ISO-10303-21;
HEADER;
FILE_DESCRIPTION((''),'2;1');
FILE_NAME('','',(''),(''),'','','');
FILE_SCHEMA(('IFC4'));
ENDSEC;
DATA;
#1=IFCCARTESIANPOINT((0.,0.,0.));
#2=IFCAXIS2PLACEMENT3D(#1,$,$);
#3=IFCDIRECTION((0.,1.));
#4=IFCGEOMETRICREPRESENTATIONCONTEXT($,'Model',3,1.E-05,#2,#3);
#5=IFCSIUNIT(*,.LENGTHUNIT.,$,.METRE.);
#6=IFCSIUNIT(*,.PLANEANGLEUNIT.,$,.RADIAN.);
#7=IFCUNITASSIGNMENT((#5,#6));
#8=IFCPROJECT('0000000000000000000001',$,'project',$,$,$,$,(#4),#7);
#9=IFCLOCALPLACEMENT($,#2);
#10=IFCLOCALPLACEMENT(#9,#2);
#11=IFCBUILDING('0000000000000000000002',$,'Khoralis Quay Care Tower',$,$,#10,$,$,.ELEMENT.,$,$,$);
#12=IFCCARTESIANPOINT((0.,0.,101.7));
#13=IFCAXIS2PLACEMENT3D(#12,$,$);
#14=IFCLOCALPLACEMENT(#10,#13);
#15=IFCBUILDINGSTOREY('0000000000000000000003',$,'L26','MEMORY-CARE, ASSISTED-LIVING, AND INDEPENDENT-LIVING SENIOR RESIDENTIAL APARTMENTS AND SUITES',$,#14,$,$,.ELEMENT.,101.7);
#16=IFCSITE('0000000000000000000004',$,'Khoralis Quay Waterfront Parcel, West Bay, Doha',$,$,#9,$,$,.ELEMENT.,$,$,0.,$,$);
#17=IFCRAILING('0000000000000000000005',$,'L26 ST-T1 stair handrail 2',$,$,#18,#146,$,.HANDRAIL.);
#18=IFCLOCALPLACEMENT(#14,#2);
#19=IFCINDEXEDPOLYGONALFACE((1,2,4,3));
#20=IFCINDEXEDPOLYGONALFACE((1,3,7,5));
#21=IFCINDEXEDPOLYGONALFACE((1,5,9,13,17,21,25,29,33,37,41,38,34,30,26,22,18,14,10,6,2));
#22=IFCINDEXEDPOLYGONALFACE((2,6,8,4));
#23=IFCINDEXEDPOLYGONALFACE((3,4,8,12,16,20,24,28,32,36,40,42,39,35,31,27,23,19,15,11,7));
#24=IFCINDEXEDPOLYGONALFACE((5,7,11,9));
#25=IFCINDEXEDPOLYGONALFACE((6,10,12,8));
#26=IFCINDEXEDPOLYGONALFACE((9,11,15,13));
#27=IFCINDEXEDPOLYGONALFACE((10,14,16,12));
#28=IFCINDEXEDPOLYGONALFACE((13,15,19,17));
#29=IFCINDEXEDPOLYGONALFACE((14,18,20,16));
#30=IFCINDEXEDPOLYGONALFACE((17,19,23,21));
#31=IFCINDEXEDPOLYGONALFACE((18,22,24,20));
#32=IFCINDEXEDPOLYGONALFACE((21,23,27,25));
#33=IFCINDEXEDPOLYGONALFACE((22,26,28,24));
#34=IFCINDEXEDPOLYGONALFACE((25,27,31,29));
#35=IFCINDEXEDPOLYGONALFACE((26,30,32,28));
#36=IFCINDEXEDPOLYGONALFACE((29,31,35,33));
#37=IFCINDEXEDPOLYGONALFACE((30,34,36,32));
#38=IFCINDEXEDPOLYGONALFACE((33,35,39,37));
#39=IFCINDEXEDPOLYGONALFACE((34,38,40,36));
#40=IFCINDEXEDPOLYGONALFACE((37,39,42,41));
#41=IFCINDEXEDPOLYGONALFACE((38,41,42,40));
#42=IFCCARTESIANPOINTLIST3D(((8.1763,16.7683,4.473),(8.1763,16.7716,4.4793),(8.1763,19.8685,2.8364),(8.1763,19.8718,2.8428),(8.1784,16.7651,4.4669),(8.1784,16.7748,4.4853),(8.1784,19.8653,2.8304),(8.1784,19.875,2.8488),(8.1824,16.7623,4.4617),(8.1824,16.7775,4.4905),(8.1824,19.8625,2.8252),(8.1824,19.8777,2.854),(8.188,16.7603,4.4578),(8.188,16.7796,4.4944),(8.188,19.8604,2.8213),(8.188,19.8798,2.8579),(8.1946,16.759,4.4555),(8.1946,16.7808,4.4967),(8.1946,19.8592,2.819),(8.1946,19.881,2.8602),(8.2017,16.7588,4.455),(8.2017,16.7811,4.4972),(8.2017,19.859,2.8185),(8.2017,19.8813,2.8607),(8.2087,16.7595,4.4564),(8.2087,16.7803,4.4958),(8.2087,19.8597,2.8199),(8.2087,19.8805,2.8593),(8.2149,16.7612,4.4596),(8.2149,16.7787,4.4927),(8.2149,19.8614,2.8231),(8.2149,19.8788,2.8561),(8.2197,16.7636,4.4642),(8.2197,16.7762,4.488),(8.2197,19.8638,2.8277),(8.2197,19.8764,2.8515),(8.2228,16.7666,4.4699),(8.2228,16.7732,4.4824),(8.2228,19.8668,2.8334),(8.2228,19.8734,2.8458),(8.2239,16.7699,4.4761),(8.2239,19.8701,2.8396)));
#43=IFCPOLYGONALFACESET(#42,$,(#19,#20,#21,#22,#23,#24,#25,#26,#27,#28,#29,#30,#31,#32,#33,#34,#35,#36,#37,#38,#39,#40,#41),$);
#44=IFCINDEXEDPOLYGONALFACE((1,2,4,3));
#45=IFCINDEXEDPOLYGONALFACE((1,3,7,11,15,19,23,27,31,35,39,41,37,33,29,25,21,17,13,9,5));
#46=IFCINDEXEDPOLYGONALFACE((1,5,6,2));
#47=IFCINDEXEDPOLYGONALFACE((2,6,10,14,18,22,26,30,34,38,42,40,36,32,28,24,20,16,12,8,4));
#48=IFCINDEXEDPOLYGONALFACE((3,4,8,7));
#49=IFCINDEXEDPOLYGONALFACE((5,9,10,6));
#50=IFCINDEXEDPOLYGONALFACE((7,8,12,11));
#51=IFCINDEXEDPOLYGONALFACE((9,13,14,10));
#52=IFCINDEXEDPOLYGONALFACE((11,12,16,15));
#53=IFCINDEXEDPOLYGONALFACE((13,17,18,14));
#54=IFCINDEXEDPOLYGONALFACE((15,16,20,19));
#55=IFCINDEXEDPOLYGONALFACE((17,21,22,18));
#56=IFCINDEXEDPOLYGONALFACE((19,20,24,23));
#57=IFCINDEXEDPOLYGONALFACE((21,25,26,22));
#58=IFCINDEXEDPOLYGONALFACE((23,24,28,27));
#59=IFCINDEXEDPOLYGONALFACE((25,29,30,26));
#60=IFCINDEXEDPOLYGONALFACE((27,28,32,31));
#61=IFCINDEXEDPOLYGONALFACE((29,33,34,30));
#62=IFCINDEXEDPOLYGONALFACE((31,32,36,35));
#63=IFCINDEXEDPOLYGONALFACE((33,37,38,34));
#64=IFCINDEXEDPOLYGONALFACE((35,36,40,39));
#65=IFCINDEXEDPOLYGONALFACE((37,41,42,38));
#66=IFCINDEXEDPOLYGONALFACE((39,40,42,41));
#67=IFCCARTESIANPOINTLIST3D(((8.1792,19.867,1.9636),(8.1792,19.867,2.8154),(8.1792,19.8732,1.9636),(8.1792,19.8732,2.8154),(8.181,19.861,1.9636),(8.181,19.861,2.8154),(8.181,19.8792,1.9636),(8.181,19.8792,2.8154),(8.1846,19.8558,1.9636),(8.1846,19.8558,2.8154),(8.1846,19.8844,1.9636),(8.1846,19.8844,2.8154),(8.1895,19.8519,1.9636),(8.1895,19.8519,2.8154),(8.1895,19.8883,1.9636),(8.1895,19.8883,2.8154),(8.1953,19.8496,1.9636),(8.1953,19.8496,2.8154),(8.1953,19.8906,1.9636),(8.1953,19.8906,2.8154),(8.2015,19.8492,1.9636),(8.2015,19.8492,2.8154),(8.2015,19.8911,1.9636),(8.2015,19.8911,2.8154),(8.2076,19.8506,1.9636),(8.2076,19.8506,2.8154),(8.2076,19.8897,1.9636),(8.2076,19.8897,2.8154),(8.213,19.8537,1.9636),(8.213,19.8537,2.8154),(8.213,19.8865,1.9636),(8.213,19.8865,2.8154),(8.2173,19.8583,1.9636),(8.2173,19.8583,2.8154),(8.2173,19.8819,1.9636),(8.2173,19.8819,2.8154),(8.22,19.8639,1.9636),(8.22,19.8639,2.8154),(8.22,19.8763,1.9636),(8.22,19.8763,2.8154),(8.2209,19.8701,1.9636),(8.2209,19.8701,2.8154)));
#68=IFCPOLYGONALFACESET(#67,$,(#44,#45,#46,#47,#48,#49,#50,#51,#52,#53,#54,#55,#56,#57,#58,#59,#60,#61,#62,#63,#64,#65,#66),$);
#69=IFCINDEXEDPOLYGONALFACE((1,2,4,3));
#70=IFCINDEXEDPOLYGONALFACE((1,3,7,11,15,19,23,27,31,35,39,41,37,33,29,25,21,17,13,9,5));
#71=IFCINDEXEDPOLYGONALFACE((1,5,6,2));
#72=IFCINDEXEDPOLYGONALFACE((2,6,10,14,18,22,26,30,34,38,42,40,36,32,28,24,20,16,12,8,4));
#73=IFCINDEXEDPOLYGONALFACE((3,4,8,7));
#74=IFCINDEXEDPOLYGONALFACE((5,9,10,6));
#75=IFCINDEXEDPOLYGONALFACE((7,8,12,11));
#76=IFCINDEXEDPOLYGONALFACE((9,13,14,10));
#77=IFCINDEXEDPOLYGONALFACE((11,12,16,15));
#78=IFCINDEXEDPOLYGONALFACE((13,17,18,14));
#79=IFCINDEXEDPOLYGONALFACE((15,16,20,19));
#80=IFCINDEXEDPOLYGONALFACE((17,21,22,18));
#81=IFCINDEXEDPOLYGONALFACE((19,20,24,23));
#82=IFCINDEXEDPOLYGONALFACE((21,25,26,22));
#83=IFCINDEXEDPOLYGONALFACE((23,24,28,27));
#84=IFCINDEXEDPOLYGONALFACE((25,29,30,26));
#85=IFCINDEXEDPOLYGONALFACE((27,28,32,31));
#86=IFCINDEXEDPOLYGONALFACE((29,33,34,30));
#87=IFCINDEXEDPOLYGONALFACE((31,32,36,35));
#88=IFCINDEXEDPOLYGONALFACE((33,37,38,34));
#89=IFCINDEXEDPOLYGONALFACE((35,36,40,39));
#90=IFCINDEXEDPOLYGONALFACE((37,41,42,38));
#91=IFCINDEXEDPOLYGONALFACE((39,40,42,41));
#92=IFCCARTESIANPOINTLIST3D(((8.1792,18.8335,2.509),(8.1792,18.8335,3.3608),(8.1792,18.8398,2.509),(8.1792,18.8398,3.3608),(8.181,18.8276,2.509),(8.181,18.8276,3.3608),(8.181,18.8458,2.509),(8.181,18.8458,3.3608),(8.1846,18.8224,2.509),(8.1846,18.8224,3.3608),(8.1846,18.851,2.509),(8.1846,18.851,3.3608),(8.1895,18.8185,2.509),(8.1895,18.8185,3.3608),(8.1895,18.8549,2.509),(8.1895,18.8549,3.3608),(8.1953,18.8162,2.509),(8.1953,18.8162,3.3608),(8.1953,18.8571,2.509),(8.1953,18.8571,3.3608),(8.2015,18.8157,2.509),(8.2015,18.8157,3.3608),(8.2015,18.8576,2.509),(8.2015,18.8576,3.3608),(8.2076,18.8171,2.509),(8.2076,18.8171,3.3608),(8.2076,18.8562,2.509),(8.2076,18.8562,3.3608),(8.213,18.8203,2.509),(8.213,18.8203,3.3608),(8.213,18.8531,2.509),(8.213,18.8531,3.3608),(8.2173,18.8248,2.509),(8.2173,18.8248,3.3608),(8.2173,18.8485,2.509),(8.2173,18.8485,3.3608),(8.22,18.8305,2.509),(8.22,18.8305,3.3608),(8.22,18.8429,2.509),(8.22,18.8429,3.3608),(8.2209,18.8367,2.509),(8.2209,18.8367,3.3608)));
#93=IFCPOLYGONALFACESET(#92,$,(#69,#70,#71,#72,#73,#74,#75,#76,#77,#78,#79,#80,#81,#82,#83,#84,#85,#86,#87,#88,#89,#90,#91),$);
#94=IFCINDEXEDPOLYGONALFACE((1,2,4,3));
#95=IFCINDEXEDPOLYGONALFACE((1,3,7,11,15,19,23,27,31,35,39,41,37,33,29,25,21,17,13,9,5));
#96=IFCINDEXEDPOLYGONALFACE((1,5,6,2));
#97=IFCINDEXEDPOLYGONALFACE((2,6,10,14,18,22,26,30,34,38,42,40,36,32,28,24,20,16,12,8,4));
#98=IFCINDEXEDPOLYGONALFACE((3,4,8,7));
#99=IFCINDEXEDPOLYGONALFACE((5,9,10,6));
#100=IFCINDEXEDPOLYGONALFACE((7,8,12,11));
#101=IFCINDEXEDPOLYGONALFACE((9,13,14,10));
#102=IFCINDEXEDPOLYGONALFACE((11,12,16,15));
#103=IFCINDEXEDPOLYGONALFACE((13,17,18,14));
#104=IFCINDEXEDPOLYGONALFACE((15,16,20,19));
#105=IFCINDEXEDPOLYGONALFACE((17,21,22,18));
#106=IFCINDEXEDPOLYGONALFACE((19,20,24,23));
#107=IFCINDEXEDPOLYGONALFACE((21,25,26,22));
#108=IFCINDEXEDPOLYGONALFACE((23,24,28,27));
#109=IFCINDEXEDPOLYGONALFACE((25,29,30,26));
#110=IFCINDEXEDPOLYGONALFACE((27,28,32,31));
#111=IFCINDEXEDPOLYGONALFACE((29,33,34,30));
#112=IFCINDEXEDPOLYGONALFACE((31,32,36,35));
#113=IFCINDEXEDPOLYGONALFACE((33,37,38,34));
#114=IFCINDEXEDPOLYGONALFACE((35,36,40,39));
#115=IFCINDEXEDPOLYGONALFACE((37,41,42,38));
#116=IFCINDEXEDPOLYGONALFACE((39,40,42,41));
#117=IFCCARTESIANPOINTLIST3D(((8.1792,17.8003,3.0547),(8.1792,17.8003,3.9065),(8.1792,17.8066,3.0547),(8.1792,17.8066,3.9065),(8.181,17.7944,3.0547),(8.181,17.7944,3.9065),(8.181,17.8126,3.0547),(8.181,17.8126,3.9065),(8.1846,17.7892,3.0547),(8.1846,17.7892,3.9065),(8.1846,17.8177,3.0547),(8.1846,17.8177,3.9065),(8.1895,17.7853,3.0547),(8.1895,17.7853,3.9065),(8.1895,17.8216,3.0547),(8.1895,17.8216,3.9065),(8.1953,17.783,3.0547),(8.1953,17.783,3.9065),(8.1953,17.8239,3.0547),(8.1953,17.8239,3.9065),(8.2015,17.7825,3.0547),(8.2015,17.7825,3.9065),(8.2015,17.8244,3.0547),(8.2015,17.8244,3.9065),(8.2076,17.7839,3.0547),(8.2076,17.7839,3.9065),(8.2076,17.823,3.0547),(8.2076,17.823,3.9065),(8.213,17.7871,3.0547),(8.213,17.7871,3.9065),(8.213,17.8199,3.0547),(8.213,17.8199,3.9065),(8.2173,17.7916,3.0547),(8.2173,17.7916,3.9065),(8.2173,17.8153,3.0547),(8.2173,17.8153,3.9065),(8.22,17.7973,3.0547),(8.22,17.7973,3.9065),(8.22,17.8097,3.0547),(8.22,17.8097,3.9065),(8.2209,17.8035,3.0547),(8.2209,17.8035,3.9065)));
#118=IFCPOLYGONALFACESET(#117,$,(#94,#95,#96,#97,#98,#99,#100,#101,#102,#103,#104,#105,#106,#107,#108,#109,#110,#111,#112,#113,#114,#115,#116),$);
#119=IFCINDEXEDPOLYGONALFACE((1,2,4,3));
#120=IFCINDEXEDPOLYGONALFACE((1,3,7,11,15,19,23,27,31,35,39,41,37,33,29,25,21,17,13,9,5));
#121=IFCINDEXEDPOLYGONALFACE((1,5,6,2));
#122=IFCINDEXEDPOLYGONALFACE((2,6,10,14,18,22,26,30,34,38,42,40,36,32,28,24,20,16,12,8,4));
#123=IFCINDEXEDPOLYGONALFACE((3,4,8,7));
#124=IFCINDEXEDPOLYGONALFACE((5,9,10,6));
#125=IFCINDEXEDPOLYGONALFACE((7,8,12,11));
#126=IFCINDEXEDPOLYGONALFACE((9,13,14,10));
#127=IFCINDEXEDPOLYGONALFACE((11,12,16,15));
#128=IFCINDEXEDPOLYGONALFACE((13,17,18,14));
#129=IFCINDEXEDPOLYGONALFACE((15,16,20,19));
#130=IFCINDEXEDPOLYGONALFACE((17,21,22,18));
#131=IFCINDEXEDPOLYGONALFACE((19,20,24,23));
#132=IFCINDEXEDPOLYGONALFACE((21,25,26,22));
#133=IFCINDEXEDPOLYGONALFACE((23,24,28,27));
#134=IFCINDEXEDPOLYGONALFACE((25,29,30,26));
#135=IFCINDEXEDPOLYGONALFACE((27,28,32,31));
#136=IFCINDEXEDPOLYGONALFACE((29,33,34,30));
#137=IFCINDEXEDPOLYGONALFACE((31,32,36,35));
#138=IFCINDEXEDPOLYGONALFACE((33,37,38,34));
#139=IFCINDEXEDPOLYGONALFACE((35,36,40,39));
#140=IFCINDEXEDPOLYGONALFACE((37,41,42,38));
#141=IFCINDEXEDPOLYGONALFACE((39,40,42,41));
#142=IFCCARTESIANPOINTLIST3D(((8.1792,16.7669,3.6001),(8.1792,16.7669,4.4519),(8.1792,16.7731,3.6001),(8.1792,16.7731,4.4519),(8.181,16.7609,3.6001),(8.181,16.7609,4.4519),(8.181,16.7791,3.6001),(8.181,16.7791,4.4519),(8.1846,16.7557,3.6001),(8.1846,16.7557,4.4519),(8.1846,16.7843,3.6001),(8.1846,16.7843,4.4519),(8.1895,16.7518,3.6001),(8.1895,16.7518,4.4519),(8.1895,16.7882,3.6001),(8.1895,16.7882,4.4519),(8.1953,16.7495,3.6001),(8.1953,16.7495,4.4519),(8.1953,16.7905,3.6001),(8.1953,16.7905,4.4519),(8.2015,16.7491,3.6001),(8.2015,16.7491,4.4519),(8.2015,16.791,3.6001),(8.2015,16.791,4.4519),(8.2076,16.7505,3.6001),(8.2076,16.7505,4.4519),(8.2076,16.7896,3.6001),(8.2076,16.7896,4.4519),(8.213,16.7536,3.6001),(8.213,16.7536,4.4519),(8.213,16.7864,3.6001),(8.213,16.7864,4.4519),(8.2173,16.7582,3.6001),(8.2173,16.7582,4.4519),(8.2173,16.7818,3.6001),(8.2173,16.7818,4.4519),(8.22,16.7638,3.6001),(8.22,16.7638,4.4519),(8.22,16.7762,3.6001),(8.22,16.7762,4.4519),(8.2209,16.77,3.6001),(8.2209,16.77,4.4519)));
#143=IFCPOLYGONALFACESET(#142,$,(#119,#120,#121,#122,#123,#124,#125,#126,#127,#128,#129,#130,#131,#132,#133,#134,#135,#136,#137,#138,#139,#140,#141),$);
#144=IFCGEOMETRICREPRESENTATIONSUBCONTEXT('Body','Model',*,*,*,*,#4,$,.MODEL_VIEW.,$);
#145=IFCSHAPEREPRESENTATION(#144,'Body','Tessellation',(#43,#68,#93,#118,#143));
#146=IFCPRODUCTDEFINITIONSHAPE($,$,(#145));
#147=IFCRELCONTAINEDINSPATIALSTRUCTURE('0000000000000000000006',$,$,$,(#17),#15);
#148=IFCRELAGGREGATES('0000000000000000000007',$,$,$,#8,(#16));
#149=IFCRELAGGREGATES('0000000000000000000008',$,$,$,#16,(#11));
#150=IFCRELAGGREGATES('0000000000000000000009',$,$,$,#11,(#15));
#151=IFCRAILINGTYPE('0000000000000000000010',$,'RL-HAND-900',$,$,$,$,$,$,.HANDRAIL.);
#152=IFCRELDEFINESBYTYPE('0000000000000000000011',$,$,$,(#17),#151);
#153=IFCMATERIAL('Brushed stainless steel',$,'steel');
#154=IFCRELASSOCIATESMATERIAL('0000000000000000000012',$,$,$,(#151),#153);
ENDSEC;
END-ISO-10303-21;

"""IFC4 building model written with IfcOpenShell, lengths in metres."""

from ifc_helpers import new_model, si_unit, direction, frame, origin, origin_2d, place, context, subcontext, project, spatial, circle, extrude, material, type_object, element, save


model = new_model("IFC4")

# Units and contexts
model_context = context("Model", 3, precision=1e-05, world=origin(), true_north=direction((0.0, 1.0)))
body_context = subcontext(model_context, "Body", "Model", "MODEL_VIEW")
ifc_project = project(units=[si_unit("LENGTHUNIT", "METRE"), si_unit("PLANEANGLEUNIT", "RADIAN")], contexts=[model_context])

# Site, building, storey
site_placement = place(None, origin())
site = spatial("IfcSite", under=ifc_project, at=site_placement, Name="Khoralis Quay Waterfront Parcel, West Bay, Doha", CompositionType="ELEMENT", RefElevation=0.0)
building_placement = place(site_placement, origin())
building = spatial("IfcBuilding", under=site, at=building_placement, Name="Khoralis Quay Care Tower", CompositionType="ELEMENT")
storey_placement = place(building_placement, frame((0.0, 0.0, 101.7)))
storey = spatial("IfcBuildingStorey", under=building, at=storey_placement, Name="L26", Description="MEMORY-CARE, ASSISTED-LIVING, AND INDEPENDENT-LIVING SENIOR RESIDENTIAL APARTMENTS AND SUITES", CompositionType="ELEMENT", Elevation=101.7)

# Shared definitions
ifc_material_1 = material(Name="Brushed stainless steel", Category="steel")

# Railing
railing_type_1 = type_object("IfcRailingType", Name="RL-HAND-900", PredefinedType="HANDRAIL", material=ifc_material_1)
railing_1_placement = place(storey_placement, frame((8.2, 19.8701, 1.9636)))
element("IfcRailing", 1, at=railing_1_placement, inside=storey, type_object=railing_type_1, Name="L26 ST-T1 stair handrail 2", PredefinedType="HANDRAIL", context=body_context, shape_type="SweptSolid", body=[
    extrude(circle(Radius=0.0239, at=origin_2d()), frame((0.0, 0.0, 0.876), z_axis=(0.0, -0.884348, 0.466828), x_axis=(1.0, 0.0, 0.0)), (0.0, 0.0, 1.0), 3.5056),
    extrude(circle(Radius=0.021, at=origin_2d()), origin(), (0.0, 0.0, 1.0), 0.8518),
    extrude(circle(Radius=0.021, at=origin_2d()), frame((0.0, -1.0334, 0.5454)), (0.0, 0.0, 1.0), 0.8518),
    extrude(circle(Radius=0.021, at=origin_2d()), frame((0.0, -2.0667, 1.0911)), (0.0, 0.0, 1.0), 0.8518),
    extrude(circle(Radius=0.021, at=origin_2d()), frame((0.0, -3.1001, 1.6365)), (0.0, 0.0, 1.0), 0.8518),
])

save(model, "model.ifc")
